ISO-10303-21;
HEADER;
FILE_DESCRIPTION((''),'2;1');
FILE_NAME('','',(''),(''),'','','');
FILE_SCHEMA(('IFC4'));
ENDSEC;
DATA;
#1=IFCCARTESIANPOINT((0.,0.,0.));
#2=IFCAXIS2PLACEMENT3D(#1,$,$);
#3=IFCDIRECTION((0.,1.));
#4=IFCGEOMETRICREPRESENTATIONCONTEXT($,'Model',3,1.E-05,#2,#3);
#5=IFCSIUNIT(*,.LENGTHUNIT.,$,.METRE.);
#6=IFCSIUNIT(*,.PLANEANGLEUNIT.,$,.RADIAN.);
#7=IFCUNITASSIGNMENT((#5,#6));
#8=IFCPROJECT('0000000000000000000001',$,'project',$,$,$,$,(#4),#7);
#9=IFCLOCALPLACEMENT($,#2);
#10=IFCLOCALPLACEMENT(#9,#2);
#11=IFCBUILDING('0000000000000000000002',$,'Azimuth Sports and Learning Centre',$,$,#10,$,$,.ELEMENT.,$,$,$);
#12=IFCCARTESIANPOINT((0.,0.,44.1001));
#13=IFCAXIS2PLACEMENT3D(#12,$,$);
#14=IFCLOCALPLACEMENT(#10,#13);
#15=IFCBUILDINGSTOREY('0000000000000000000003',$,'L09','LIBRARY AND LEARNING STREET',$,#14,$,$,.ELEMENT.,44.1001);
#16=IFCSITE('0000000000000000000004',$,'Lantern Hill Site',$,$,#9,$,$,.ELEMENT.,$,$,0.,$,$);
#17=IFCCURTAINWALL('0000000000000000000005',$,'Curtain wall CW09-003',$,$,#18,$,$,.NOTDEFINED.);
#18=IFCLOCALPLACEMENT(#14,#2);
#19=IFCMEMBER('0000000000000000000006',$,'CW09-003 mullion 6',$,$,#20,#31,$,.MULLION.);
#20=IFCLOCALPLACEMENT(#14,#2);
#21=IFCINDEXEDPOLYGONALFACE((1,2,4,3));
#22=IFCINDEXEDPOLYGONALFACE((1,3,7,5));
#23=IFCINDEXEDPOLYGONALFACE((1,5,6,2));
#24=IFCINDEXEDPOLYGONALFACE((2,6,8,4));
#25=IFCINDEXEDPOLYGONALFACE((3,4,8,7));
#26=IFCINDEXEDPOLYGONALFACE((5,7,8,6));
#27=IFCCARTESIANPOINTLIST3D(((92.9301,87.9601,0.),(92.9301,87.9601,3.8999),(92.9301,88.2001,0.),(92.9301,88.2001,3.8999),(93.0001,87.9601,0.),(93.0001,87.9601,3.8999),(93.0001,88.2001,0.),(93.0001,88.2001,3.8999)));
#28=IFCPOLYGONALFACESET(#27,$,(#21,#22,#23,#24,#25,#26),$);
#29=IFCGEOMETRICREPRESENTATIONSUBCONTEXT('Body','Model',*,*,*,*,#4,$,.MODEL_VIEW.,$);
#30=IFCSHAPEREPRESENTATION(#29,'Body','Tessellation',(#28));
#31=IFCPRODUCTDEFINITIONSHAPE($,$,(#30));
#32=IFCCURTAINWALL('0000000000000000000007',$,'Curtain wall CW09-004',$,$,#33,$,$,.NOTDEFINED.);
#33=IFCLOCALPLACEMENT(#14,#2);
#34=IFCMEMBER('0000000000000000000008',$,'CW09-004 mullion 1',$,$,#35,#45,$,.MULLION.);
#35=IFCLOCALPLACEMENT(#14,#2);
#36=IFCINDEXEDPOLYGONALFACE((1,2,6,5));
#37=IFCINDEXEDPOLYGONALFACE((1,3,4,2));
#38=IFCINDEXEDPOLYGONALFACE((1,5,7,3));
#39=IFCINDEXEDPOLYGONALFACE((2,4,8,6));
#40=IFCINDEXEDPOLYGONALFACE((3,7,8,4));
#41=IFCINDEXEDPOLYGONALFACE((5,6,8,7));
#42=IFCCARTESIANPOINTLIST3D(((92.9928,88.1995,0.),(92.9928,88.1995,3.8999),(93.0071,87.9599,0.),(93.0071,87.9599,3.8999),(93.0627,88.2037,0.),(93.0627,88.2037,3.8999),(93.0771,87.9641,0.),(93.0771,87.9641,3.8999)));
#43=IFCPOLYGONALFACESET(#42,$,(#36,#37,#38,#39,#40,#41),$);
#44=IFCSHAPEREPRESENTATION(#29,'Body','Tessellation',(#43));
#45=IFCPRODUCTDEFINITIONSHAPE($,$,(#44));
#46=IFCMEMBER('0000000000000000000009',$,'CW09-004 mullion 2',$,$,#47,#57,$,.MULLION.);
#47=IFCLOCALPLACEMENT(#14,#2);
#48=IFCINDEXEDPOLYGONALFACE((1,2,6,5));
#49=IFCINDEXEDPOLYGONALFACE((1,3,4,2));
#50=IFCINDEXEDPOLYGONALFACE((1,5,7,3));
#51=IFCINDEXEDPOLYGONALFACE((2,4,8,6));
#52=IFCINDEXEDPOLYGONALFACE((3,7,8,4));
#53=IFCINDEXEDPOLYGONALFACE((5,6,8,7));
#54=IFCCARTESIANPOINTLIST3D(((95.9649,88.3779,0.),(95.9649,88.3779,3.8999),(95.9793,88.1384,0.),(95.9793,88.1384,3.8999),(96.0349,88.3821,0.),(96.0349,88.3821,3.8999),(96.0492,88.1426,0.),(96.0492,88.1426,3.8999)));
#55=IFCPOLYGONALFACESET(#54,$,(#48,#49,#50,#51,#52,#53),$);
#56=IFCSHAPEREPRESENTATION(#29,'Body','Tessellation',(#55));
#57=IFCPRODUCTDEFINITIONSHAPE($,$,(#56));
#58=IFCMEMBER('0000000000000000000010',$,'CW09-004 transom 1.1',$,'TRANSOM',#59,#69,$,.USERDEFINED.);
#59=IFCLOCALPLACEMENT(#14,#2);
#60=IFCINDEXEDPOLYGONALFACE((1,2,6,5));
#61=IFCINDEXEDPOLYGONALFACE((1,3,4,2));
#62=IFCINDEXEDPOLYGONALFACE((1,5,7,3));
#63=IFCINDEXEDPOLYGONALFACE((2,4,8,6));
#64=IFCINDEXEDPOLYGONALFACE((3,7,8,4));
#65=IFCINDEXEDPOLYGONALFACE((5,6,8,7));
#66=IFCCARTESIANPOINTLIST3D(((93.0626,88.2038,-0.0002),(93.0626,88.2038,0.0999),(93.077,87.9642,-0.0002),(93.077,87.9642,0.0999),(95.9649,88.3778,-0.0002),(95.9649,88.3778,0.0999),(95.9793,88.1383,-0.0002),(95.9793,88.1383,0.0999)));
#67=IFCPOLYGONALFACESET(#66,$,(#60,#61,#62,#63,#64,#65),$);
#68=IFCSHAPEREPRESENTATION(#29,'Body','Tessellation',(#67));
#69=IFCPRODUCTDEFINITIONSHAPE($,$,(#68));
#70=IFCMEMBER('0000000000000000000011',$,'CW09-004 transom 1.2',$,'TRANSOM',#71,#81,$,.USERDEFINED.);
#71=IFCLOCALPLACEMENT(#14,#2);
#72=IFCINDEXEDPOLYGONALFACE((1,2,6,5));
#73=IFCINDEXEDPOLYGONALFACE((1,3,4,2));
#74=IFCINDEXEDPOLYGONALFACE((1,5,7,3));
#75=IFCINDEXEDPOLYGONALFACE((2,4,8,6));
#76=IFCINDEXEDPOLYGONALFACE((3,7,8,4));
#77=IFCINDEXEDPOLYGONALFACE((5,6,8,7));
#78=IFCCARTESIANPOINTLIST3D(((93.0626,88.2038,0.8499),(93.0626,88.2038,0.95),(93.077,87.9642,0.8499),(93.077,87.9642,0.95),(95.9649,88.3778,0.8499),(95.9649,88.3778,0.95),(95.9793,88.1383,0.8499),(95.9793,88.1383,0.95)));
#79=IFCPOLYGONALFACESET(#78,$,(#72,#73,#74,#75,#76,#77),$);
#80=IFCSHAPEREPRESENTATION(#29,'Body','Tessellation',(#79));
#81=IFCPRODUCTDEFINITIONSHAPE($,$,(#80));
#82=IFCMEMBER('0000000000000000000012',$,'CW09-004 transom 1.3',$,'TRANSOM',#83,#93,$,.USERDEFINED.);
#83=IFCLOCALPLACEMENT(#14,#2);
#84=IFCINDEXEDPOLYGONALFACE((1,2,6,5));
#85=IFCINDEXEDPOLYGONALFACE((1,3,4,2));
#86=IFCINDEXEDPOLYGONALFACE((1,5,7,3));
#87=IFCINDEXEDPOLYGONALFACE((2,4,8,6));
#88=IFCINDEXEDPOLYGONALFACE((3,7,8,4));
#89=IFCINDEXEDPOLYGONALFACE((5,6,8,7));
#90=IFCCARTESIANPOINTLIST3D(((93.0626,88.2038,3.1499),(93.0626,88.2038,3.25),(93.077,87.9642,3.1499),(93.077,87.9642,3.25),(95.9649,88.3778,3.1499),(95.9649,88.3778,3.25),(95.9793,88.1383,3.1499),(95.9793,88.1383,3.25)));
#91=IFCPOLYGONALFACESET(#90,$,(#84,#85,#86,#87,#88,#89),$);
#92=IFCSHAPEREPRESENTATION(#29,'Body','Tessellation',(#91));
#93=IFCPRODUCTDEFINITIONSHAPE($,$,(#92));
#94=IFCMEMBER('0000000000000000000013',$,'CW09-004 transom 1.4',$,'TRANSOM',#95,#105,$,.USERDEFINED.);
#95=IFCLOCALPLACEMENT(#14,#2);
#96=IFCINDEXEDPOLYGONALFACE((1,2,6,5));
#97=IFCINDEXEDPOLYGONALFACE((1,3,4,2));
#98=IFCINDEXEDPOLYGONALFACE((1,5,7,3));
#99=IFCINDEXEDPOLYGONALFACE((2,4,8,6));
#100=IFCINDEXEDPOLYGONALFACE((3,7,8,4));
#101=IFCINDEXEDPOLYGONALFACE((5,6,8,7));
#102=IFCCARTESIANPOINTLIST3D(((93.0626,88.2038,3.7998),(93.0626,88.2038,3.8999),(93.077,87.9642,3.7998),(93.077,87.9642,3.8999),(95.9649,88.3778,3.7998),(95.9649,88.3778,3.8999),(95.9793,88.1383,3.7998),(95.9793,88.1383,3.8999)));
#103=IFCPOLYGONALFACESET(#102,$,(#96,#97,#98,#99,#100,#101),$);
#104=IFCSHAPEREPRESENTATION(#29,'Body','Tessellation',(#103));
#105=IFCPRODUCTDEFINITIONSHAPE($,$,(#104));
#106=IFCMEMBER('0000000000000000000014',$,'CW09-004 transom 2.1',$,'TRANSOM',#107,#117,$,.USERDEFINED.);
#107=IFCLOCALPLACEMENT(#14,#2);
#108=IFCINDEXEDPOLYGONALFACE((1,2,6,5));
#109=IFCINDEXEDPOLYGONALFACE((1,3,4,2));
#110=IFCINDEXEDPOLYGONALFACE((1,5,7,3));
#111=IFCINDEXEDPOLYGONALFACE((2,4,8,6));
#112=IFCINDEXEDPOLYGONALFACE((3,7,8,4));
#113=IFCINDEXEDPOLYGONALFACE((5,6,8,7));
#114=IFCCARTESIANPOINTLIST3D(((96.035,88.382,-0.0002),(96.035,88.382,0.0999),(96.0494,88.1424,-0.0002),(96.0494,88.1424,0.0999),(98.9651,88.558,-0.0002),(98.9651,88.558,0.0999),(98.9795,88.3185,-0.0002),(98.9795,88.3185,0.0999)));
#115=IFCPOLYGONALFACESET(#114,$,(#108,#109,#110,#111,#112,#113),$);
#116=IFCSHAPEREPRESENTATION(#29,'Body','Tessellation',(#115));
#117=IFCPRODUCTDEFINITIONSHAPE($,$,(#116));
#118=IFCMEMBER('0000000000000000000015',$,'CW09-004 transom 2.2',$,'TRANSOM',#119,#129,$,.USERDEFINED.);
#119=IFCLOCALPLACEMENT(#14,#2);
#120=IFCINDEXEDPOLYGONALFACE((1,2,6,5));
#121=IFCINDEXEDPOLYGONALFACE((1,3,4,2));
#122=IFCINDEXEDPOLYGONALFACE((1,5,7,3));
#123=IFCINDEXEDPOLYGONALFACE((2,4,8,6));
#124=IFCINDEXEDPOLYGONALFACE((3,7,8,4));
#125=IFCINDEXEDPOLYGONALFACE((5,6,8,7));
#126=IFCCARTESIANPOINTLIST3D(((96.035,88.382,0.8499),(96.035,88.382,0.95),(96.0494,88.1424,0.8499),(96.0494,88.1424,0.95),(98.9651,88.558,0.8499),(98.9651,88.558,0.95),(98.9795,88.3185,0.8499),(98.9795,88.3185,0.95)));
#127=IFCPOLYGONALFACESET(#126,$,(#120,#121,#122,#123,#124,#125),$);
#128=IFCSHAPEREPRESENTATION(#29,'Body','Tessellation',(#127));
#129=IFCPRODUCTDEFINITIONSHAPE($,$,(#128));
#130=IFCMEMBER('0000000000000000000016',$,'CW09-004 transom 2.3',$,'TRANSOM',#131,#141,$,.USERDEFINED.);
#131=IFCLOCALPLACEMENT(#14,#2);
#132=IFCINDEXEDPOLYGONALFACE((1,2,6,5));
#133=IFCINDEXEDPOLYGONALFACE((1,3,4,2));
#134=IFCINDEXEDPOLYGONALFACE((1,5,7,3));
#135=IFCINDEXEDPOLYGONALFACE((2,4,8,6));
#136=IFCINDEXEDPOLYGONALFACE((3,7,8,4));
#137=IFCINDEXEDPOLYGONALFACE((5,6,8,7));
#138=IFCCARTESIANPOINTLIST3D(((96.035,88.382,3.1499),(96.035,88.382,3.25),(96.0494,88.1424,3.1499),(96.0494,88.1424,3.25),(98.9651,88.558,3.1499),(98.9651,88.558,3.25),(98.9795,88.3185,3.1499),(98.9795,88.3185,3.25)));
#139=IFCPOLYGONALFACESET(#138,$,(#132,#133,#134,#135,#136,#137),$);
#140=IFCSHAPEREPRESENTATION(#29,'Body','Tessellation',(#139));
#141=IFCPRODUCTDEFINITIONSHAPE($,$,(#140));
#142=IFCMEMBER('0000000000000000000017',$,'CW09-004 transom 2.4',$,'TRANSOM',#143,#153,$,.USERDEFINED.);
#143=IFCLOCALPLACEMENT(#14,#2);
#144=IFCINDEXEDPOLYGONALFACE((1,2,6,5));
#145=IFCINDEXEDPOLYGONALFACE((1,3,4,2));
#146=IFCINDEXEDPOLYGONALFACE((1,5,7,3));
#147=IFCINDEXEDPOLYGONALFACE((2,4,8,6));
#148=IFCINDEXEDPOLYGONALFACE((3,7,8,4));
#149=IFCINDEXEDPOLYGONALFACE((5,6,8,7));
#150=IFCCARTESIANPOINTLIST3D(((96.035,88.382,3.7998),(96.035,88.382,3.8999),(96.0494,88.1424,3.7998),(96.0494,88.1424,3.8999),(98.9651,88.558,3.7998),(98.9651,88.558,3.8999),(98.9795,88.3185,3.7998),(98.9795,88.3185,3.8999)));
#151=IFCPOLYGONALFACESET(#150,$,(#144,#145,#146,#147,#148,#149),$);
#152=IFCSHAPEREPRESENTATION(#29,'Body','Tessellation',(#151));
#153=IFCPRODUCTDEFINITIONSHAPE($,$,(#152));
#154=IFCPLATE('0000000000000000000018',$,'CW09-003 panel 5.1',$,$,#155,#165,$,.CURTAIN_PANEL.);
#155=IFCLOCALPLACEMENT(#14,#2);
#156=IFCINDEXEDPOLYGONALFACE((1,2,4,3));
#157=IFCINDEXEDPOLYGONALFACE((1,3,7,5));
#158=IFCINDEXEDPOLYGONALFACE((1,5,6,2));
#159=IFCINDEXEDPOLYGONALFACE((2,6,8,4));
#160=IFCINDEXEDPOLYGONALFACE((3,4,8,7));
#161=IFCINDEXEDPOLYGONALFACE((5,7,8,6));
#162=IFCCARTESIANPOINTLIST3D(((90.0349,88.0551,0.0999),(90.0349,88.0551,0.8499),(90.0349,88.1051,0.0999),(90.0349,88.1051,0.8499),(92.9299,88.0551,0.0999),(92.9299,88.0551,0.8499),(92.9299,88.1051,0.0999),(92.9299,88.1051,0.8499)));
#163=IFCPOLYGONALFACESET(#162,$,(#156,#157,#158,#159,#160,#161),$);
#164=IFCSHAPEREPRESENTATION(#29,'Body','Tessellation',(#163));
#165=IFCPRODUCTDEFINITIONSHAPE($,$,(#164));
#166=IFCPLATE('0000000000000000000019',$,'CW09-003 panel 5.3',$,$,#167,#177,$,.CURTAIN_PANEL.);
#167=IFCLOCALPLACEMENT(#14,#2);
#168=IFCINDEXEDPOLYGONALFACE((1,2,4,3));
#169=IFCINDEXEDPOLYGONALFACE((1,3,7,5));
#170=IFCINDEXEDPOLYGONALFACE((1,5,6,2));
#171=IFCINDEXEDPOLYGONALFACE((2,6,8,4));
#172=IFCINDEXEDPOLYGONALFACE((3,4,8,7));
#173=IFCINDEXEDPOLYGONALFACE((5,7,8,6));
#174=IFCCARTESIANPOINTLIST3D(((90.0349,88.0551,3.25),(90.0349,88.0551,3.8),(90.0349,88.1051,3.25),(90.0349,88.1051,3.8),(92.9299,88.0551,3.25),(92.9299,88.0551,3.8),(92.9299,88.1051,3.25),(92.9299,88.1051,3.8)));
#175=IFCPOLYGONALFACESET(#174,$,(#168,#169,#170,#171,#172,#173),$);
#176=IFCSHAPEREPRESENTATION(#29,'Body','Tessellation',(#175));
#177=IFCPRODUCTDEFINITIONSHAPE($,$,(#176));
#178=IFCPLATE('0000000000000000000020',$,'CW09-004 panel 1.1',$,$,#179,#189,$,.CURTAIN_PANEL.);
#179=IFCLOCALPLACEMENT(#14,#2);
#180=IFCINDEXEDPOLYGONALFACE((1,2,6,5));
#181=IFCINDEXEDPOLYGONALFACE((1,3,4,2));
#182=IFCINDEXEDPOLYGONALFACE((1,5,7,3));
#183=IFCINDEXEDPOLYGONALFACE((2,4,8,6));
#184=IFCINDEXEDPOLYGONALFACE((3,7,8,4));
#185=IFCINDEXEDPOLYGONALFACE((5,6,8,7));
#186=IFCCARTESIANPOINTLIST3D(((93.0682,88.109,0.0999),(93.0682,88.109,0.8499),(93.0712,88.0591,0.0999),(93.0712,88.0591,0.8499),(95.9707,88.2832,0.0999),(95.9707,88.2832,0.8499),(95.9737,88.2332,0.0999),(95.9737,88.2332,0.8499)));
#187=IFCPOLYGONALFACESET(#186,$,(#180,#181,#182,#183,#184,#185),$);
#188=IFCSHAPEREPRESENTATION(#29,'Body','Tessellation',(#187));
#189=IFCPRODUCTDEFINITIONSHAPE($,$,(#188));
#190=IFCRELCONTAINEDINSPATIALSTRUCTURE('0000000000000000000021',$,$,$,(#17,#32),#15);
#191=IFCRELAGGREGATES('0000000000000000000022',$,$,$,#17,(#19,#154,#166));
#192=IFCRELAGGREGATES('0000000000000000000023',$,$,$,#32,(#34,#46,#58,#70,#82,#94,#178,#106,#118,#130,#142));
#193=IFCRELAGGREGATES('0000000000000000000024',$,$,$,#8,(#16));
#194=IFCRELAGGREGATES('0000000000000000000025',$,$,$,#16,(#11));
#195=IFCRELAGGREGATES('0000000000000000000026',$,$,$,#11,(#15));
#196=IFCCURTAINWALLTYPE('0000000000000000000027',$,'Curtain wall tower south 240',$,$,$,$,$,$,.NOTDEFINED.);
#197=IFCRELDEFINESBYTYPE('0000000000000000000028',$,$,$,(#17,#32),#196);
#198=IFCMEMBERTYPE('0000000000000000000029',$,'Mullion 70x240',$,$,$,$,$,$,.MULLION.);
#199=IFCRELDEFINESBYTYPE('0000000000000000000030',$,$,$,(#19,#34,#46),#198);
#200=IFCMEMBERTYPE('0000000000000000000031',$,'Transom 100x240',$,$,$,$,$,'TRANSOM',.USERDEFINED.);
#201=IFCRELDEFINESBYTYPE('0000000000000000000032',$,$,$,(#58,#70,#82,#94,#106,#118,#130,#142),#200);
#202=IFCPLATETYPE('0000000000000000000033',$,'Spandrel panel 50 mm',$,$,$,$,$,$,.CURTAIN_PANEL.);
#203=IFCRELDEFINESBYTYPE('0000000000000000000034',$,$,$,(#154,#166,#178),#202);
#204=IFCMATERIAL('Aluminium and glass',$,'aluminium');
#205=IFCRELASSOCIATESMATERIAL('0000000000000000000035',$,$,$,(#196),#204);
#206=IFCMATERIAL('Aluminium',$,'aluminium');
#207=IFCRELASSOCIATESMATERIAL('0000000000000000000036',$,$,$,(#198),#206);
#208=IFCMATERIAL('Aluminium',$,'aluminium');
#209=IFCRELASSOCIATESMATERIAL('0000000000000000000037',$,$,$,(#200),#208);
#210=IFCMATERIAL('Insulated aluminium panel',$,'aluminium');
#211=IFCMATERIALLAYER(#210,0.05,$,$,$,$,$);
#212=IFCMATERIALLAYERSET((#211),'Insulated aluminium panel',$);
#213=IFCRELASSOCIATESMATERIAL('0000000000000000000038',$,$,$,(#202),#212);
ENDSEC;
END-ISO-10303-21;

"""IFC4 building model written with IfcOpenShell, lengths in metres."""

from ifc_helpers import new_model, si_unit, direction, frame, origin, origin_2d, place, context, subcontext, project, spatial, rectangle, extrude, material, layer, layer_set, material_profile, profile_set, type_object, element, aggregate, save


model = new_model("IFC4")

# Units and contexts
model_context = context("Model", 3, precision=1e-05, world=origin(), true_north=direction((0.0, 1.0)))
body_context = subcontext(model_context, "Body", "Model", "MODEL_VIEW")
ifc_project = project(units=[si_unit("LENGTHUNIT", "METRE"), si_unit("PLANEANGLEUNIT", "RADIAN")], contexts=[model_context])

# Site, building, storey
site_placement = place(None, origin())
site = spatial("IfcSite", under=ifc_project, at=site_placement, Name="Lantern Hill Site", CompositionType="ELEMENT", RefElevation=0.0)
building_placement = place(site_placement, origin())
building = spatial("IfcBuilding", under=site, at=building_placement, Name="Azimuth Sports and Learning Centre", CompositionType="ELEMENT")
storey_placement = place(building_placement, frame((0.0, 0.0, 44.1001)))
storey = spatial("IfcBuildingStorey", under=building, at=storey_placement, Name="L09", Description="LIBRARY AND LEARNING STREET", CompositionType="ELEMENT", Elevation=44.1001)

# Curtain wall, member
ifc_material_1 = material(Name="Aluminium and glass", Category="aluminium")
curtain_wall_type = type_object("IfcCurtainWallType", Name="Curtain wall tower south 240", PredefinedType="NOTDEFINED", material=ifc_material_1)
curtain_wall_1_placement = place(storey_placement, origin())
curtain_wall_1 = element("IfcCurtainWall", 1, at=curtain_wall_1_placement, inside=storey, type_object=curtain_wall_type, Name="Curtain wall CW09-003", PredefinedType="NOTDEFINED")
ifc_material_2 = material(Name="Aluminium", Category="aluminium")
ifc_material_profile_1 = material_profile(ifc_material_2, rectangle(XDim=0.24, YDim=0.0701, at=origin_2d()), Name="Mullion 70x240")
ifc_profile_set_1 = profile_set([ifc_material_profile_1], Name="Aluminium")
member_type_1 = type_object("IfcMemberType", Name="Mullion 70x240", PredefinedType="MULLION", material=ifc_profile_set_1)
member_1_placement = place(storey_placement, frame((92.9651, 88.0801, 0.0), z_axis=(0.0, 0.0, 1.0), x_axis=(0.0, 1.0, 0.0)))
member_1 = element("IfcMember", 2, at=member_1_placement, type_object=member_type_1, Name="CW09-003 mullion 6", PredefinedType="MULLION", context=body_context, shape_type="SweptSolid", body=[
    extrude(rectangle(XDim=0.24, YDim=0.0701, at=origin_2d()), origin(), (0.0, 0.0, 1.0), 3.8999),
])

# Curtain wall, members
curtain_wall_2_placement = place(storey_placement, origin())
curtain_wall_2 = element("IfcCurtainWall", 3, at=curtain_wall_2_placement, inside=storey, type_object=curtain_wall_type, Name="Curtain wall CW09-004", PredefinedType="NOTDEFINED")
member_2_placement = place(storey_placement, frame((93.0349, 88.0818, 0.0), z_axis=(0.0, 0.0, 1.0), x_axis=(-0.059892, 0.998205, 0.0)))
member_2 = element("IfcMember", 4, at=member_2_placement, type_object=member_type_1, Name="CW09-004 mullion 1", PredefinedType="MULLION", context=body_context, shape_type="SweptSolid", body=[
    extrude(rectangle(XDim=0.24, YDim=0.0701, at=origin_2d()), origin(), (0.0, 0.0, 1.0), 3.8999),
])
member_3_placement = place(storey_placement, frame((96.0071, 88.2603, 0.0), z_axis=(0.0, 0.0, 1.0), x_axis=(-0.059892, 0.998205, 0.0)))
member_3 = element("IfcMember", 5, at=member_3_placement, type_object=member_type_1, Name="CW09-004 mullion 2", PredefinedType="MULLION", context=body_context, shape_type="SweptSolid", body=[
    extrude(rectangle(XDim=0.24, YDim=0.0701, at=origin_2d()), origin(), (0.0, 0.0, 1.0), 3.8999),
])
ifc_material_3 = material(Name="Aluminium", Category="aluminium")
ifc_material_profile_2 = material_profile(ifc_material_3, rectangle(XDim=0.24, YDim=0.1001, at=origin_2d()), Name="Transom 100x240")
ifc_profile_set_2 = profile_set([ifc_material_profile_2], Name="Aluminium")
member_type_2 = type_object("IfcMemberType", Name="Transom 100x240", ElementType="TRANSOM", PredefinedType="USERDEFINED", material=ifc_profile_set_2)
member_4_placement = place(storey_placement, frame((93.0698, 88.084, 0.0498), z_axis=(0.998206, 0.059869, 0.0), x_axis=(-0.059869, 0.998206, 0.0)))
member_4 = element("IfcMember", 6, at=member_4_placement, type_object=member_type_2, Name="CW09-004 transom 1.1", ObjectType="TRANSOM", PredefinedType="USERDEFINED", context=body_context, shape_type="SweptSolid", body=[
    extrude(rectangle(XDim=0.24, YDim=0.1001, at=origin_2d()), origin(), (0.0, 0.0, 1.0), 2.9075),
])
member_5_placement = place(storey_placement, frame((93.0698, 88.084, 0.8999), z_axis=(0.998206, 0.059869, 0.0), x_axis=(-0.059869, 0.998206, 0.0)))
member_5 = element("IfcMember", 7, at=member_5_placement, type_object=member_type_2, Name="CW09-004 transom 1.2", ObjectType="TRANSOM", PredefinedType="USERDEFINED", context=body_context, shape_type="SweptSolid", body=[
    extrude(rectangle(XDim=0.24, YDim=0.1001, at=origin_2d()), origin(), (0.0, 0.0, 1.0), 2.9075),
])
member_6_placement = place(storey_placement, frame((93.0698, 88.084, 3.2), z_axis=(0.998206, 0.059869, 0.0), x_axis=(-0.059869, 0.998206, 0.0)))
member_6 = element("IfcMember", 8, at=member_6_placement, type_object=member_type_2, Name="CW09-004 transom 1.3", ObjectType="TRANSOM", PredefinedType="USERDEFINED", context=body_context, shape_type="SweptSolid", body=[
    extrude(rectangle(XDim=0.24, YDim=0.1001, at=origin_2d()), origin(), (0.0, 0.0, 1.0), 2.9075),
])
member_7_placement = place(storey_placement, frame((93.0698, 88.084, 3.8499), z_axis=(0.998206, 0.059869, 0.0), x_axis=(-0.059869, 0.998206, 0.0)))
member_7 = element("IfcMember", 9, at=member_7_placement, type_object=member_type_2, Name="CW09-004 transom 1.4", ObjectType="TRANSOM", PredefinedType="USERDEFINED", context=body_context, shape_type="SweptSolid", body=[
    extrude(rectangle(XDim=0.24, YDim=0.1001, at=origin_2d()), origin(), (0.0, 0.0, 1.0), 2.9075),
])
member_8_placement = place(storey_placement, frame((96.0422, 88.2622, 0.0498), z_axis=(0.9982, 0.05997, 0.0), x_axis=(-0.05997, 0.9982, 0.0)))
member_8 = element("IfcMember", 10, at=member_8_placement, type_object=member_type_2, Name="CW09-004 transom 2.1", ObjectType="TRANSOM", PredefinedType="USERDEFINED", context=body_context, shape_type="SweptSolid", body=[
    extrude(rectangle(XDim=0.24, YDim=0.1001, at=origin_2d()), origin(), (0.0, 0.0, 1.0), 2.9353),
])
member_9_placement = place(storey_placement, frame((96.0422, 88.2622, 0.8999), z_axis=(0.9982, 0.05997, 0.0), x_axis=(-0.05997, 0.9982, 0.0)))
member_9 = element("IfcMember", 11, at=member_9_placement, type_object=member_type_2, Name="CW09-004 transom 2.2", ObjectType="TRANSOM", PredefinedType="USERDEFINED", context=body_context, shape_type="SweptSolid", body=[
    extrude(rectangle(XDim=0.24, YDim=0.1001, at=origin_2d()), origin(), (0.0, 0.0, 1.0), 2.9353),
])
member_10_placement = place(storey_placement, frame((96.0422, 88.2622, 3.2), z_axis=(0.9982, 0.05997, 0.0), x_axis=(-0.05997, 0.9982, 0.0)))
member_10 = element("IfcMember", 12, at=member_10_placement, type_object=member_type_2, Name="CW09-004 transom 2.3", ObjectType="TRANSOM", PredefinedType="USERDEFINED", context=body_context, shape_type="SweptSolid", body=[
    extrude(rectangle(XDim=0.24, YDim=0.1001, at=origin_2d()), origin(), (0.0, 0.0, 1.0), 2.9353),
])
member_11_placement = place(storey_placement, frame((96.0422, 88.2622, 3.8499), z_axis=(0.9982, 0.05997, 0.0), x_axis=(-0.05997, 0.9982, 0.0)))
member_11 = element("IfcMember", 13, at=member_11_placement, type_object=member_type_2, Name="CW09-004 transom 2.4", ObjectType="TRANSOM", PredefinedType="USERDEFINED", context=body_context, shape_type="SweptSolid", body=[
    extrude(rectangle(XDim=0.24, YDim=0.1001, at=origin_2d()), origin(), (0.0, 0.0, 1.0), 2.9353),
])

# Plates
ifc_material_4 = material(Name="Insulated aluminium panel", Category="aluminium")
ifc_layer_1 = layer(ifc_material_4, 0.05)
ifc_layer_set_1 = layer_set([ifc_layer_1], Name="Insulated aluminium panel")
plate_type_1 = type_object("IfcPlateType", Name="Spandrel panel 50 mm", PredefinedType="CURTAIN_PANEL", material=ifc_layer_set_1)
plate_1_placement = place(storey_placement, frame((91.4824, 88.0801, 0.0999), z_axis=(0.0, 0.0, 1.0), x_axis=(1.0, 0.0, 0.0)))
plate_1 = element("IfcPlate", 14, at=plate_1_placement, type_object=plate_type_1, Name="CW09-003 panel 5.1", PredefinedType="CURTAIN_PANEL", context=body_context, shape_type="SweptSolid", body=[
    extrude(rectangle(XDim=2.895, YDim=0.05, at=origin_2d()), origin(), (0.0, 0.0, 1.0), 0.75),
])
plate_2_placement = place(storey_placement, frame((91.4824, 88.0801, 3.25), z_axis=(0.0, 0.0, 1.0), x_axis=(1.0, 0.0, 0.0)))
plate_2 = element("IfcPlate", 15, at=plate_2_placement, type_object=plate_type_1, Name="CW09-003 panel 5.3", PredefinedType="CURTAIN_PANEL", context=body_context, shape_type="SweptSolid", body=[
    extrude(rectangle(XDim=2.895, YDim=0.05, at=origin_2d()), origin(), (0.0, 0.0, 1.0), 0.55),
])
plate_3_placement = place(storey_placement, frame((94.521, 88.1711, 0.0999), z_axis=(0.0, 0.0, 1.0), x_axis=(0.998205, 0.059892, 0.0)))
plate_3 = element("IfcPlate", 16, at=plate_3_placement, type_object=plate_type_1, Name="CW09-004 panel 1.1", PredefinedType="CURTAIN_PANEL", context=body_context, shape_type="SweptSolid", body=[
    extrude(rectangle(XDim=2.9077, YDim=0.05, at=origin_2d()), origin(), (0.0, 0.0, 1.0), 0.75),
])
aggregate(curtain_wall_1, [member_1, plate_1, plate_2])
aggregate(curtain_wall_2, [member_2, member_3, member_4, member_5, member_6, member_7, plate_3, member_8, member_9, member_10, member_11])

save(model, "model.ifc")
